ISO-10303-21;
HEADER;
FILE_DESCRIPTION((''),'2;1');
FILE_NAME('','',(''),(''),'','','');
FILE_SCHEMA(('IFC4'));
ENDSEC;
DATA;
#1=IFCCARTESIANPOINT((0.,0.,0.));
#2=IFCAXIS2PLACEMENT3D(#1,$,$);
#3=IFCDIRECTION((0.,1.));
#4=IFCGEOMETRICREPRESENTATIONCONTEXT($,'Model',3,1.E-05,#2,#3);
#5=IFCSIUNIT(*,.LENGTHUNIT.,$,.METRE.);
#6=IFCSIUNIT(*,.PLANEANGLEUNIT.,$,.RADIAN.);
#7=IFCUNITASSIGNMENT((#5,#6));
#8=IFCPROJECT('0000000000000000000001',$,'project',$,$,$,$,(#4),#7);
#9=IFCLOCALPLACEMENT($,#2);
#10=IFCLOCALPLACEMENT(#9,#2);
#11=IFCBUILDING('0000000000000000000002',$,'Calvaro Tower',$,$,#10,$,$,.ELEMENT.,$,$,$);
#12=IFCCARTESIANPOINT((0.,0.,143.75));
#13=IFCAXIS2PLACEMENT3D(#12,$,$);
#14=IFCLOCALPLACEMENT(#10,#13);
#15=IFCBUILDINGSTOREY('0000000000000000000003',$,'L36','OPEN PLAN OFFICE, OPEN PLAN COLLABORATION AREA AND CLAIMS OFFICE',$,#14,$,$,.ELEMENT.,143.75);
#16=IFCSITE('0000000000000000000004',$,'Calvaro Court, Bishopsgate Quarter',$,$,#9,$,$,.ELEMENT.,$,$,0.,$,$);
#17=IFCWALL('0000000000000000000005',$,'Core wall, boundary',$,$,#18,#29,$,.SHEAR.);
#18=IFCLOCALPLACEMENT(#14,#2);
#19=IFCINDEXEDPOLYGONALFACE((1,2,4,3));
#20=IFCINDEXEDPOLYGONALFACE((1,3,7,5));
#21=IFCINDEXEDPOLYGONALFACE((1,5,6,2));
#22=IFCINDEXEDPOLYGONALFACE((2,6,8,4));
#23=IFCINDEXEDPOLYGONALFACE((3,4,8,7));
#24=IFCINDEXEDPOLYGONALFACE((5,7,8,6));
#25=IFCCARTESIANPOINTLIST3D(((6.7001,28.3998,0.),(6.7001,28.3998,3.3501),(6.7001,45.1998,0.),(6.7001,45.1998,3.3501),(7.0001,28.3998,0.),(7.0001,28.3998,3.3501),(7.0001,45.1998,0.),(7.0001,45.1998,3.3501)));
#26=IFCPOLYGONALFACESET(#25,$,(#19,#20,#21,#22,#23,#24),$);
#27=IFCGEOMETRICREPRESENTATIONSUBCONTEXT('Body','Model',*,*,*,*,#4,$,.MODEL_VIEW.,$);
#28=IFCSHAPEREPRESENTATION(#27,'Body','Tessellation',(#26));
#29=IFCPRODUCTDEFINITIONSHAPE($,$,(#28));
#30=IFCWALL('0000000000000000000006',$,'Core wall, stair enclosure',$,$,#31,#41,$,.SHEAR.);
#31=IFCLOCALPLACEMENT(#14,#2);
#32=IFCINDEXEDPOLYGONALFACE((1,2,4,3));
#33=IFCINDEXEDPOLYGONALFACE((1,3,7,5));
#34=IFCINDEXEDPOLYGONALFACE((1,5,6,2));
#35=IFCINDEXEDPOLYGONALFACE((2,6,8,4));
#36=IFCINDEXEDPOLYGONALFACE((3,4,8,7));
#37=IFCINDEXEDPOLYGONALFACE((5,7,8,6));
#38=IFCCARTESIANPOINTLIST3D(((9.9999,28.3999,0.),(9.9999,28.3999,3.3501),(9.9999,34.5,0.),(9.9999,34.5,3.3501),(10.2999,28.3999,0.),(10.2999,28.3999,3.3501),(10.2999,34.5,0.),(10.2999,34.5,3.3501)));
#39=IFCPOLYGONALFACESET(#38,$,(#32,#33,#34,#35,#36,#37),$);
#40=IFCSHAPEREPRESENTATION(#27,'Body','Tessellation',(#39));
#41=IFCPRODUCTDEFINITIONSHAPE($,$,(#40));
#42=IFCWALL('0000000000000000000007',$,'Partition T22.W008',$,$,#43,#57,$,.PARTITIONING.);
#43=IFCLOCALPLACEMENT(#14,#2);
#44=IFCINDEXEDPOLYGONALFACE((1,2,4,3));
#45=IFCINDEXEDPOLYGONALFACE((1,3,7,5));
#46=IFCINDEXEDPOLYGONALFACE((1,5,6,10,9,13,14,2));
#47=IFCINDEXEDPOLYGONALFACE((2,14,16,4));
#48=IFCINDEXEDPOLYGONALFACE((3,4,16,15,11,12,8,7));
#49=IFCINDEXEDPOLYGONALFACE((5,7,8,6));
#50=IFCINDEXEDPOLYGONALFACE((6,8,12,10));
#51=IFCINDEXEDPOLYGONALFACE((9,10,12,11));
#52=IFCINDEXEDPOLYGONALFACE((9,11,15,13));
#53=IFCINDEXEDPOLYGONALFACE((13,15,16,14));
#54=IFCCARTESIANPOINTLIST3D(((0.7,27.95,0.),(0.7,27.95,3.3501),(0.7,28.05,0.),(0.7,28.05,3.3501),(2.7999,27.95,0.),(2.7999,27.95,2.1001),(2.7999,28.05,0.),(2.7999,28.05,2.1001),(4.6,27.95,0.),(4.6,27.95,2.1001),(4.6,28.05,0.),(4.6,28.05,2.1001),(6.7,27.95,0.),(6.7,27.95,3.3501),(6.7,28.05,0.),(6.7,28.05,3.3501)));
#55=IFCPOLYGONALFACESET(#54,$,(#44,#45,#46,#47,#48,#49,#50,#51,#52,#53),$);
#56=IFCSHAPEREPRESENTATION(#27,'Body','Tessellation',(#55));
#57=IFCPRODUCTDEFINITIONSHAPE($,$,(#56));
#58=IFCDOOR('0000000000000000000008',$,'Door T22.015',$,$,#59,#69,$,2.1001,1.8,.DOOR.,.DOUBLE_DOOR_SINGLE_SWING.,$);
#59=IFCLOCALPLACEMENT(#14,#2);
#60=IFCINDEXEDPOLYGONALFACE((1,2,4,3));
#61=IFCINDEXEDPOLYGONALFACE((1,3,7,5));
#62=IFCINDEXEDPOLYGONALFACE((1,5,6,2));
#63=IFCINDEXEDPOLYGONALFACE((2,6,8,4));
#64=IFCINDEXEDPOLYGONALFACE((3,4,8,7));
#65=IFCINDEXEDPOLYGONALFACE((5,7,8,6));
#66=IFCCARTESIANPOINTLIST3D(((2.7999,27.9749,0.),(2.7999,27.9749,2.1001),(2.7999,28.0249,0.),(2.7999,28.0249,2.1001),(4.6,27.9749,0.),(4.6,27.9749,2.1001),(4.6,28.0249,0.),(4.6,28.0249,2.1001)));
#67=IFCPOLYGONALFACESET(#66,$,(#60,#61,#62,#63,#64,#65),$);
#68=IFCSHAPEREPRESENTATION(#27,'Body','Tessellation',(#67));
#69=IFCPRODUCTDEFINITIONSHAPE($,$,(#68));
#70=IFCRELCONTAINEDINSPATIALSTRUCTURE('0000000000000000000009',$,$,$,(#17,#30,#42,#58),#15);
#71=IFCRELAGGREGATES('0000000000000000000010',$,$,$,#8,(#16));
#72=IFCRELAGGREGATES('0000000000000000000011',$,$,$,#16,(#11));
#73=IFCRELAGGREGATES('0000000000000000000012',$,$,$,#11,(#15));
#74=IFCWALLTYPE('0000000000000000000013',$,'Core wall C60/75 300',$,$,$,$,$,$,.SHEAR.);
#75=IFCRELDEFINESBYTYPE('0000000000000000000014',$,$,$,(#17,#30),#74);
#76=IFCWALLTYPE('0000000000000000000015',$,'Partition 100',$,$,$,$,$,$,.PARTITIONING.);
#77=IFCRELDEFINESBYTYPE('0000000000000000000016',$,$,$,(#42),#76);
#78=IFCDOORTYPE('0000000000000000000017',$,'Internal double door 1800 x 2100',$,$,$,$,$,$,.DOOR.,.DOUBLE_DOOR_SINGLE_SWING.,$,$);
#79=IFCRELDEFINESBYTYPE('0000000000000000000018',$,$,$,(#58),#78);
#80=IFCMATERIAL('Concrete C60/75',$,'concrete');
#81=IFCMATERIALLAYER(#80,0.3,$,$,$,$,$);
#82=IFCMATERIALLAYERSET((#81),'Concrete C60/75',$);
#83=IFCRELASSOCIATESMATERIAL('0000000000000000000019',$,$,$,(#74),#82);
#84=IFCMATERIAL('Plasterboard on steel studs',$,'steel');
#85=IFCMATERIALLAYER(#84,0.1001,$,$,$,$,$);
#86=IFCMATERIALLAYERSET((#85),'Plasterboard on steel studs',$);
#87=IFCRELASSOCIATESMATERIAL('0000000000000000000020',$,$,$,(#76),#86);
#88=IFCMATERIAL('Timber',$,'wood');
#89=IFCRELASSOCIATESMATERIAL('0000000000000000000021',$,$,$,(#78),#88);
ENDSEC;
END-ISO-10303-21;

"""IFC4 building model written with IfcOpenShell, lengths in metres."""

from ifc_helpers import new_model, si_unit, direction, frame, frame_2d, origin, place, context, subcontext, project, spatial, rectangle, extrude, material, layer, layer_set, type_object, element, fill, save


model = new_model("IFC4")

# Units and contexts
model_context = context("Model", 3, precision=1e-05, world=origin(), true_north=direction((0.0, 1.0)))
body_context = subcontext(model_context, "Body", "Model", "MODEL_VIEW")
ifc_project = project(units=[si_unit("LENGTHUNIT", "METRE"), si_unit("PLANEANGLEUNIT", "RADIAN")], contexts=[model_context])

# Site, building, storey
site_placement = place(None, origin())
site = spatial("IfcSite", under=ifc_project, at=site_placement, Name="Calvaro Court, Bishopsgate Quarter", CompositionType="ELEMENT", RefElevation=0.0)
building_placement = place(site_placement, origin())
building = spatial("IfcBuilding", under=site, at=building_placement, Name="Calvaro Tower", CompositionType="ELEMENT")
storey_placement = place(building_placement, frame((0.0, 0.0, 143.75)))
storey = spatial("IfcBuildingStorey", under=building, at=storey_placement, Name="L36", Description="OPEN PLAN OFFICE, OPEN PLAN COLLABORATION AREA AND CLAIMS OFFICE", CompositionType="ELEMENT", Elevation=143.75)

# Walls
ifc_material_1 = material(Name="Concrete C60/75", Category="concrete")
ifc_layer_1 = layer(ifc_material_1, 0.3)
ifc_layer_set_1 = layer_set([ifc_layer_1], Name="Concrete C60/75")
wall_type_1 = type_object("IfcWallType", Name="Core wall C60/75 300", PredefinedType="SHEAR", material=ifc_layer_set_1)
wall_1_placement = place(storey_placement, frame((6.8501, 28.3999, 0.0), z_axis=(0.0, 0.0, 1.0), x_axis=(0.0, 1.0, 0.0)))
element("IfcWall", 1, at=wall_1_placement, inside=storey, type_object=wall_type_1, Name="Core wall, boundary", PredefinedType="SHEAR", context=body_context, shape_type="SweptSolid", body=[
    extrude(rectangle(XDim=16.8, YDim=0.3, at=frame_2d((8.3999, 0.0))), origin(), (0.0, 0.0, 1.0), 3.3501),
])
wall_2_placement = place(storey_placement, frame((10.1499, 28.3999, 0.0), z_axis=(0.0, 0.0, 1.0), x_axis=(0.0, 1.0, 0.0)))
element("IfcWall", 2, at=wall_2_placement, inside=storey, type_object=wall_type_1, Name="Core wall, stair enclosure", PredefinedType="SHEAR", context=body_context, shape_type="SweptSolid", body=[
    extrude(rectangle(XDim=6.1001, YDim=0.3, at=frame_2d((3.05, 0.0))), origin(), (0.0, 0.0, 1.0), 3.3501),
])

# Wall, opening, door
ifc_material_2 = material(Name="Plasterboard on steel studs", Category="steel")
ifc_layer_2 = layer(ifc_material_2, 0.1001)
ifc_layer_set_2 = layer_set([ifc_layer_2], Name="Plasterboard on steel studs")
wall_type_2 = type_object("IfcWallType", Name="Partition 100", PredefinedType="PARTITIONING", material=ifc_layer_set_2)
wall_3_placement = place(storey_placement, frame((0.7, 28.0, 0.0), z_axis=(0.0, 0.0, 1.0), x_axis=(1.0, 0.0, 0.0)))
wall_3 = element("IfcWall", 3, at=wall_3_placement, inside=storey, type_object=wall_type_2, Name="Partition T22.W008", PredefinedType="PARTITIONING", context=body_context, shape_type="SweptSolid", body=[
    extrude(rectangle(XDim=6.0, YDim=0.1001, at=frame_2d((3.0, 0.0))), origin(), (0.0, 0.0, 1.0), 3.3501),
])
opening_1_placement = place(wall_3_placement, frame((2.1001, 0.0, 0.0)))
opening_1 = element("IfcOpeningElement", 4, at=opening_1_placement, cuts=wall_3, PredefinedType="OPENING", context=body_context, shape_type="SweptSolid", body=[
    extrude(rectangle(XDim=1.8, YDim=2.1001, at=frame_2d((0.8999, 1.05))), frame((0.0, 0.0601, 0.0), z_axis=(0.0, -1.0, 0.0), x_axis=(1.0, 0.0, 0.0)), (0.0, 0.0, 1.0), 0.1201),
])
ifc_material_3 = material(Name="Timber", Category="wood")
door_type_1 = type_object("IfcDoorType", Name="Internal double door 1800 x 2100", OperationType="DOUBLE_DOOR_SINGLE_SWING", PredefinedType="DOOR", material=ifc_material_3)
door_1_placement = place(opening_1_placement, origin())
door_1 = element("IfcDoor", 5, at=door_1_placement, inside=storey, type_object=door_type_1, Name="Door T22.015", OperationType="DOUBLE_DOOR_SINGLE_SWING", OverallHeight=2.1001, OverallWidth=1.8, PredefinedType="DOOR", context=body_context, shape_type="SweptSolid", body=[
    extrude(rectangle(XDim=1.8, YDim=2.1001, at=frame_2d((0.8999, 1.05))), frame((0.0, 0.0249, 0.0), z_axis=(0.0, -1.0, 0.0), x_axis=(1.0, 0.0, 0.0)), (0.0, 0.0, 1.0), 0.05),
])
fill(opening_1, door_1)

save(model, "model.ifc")
